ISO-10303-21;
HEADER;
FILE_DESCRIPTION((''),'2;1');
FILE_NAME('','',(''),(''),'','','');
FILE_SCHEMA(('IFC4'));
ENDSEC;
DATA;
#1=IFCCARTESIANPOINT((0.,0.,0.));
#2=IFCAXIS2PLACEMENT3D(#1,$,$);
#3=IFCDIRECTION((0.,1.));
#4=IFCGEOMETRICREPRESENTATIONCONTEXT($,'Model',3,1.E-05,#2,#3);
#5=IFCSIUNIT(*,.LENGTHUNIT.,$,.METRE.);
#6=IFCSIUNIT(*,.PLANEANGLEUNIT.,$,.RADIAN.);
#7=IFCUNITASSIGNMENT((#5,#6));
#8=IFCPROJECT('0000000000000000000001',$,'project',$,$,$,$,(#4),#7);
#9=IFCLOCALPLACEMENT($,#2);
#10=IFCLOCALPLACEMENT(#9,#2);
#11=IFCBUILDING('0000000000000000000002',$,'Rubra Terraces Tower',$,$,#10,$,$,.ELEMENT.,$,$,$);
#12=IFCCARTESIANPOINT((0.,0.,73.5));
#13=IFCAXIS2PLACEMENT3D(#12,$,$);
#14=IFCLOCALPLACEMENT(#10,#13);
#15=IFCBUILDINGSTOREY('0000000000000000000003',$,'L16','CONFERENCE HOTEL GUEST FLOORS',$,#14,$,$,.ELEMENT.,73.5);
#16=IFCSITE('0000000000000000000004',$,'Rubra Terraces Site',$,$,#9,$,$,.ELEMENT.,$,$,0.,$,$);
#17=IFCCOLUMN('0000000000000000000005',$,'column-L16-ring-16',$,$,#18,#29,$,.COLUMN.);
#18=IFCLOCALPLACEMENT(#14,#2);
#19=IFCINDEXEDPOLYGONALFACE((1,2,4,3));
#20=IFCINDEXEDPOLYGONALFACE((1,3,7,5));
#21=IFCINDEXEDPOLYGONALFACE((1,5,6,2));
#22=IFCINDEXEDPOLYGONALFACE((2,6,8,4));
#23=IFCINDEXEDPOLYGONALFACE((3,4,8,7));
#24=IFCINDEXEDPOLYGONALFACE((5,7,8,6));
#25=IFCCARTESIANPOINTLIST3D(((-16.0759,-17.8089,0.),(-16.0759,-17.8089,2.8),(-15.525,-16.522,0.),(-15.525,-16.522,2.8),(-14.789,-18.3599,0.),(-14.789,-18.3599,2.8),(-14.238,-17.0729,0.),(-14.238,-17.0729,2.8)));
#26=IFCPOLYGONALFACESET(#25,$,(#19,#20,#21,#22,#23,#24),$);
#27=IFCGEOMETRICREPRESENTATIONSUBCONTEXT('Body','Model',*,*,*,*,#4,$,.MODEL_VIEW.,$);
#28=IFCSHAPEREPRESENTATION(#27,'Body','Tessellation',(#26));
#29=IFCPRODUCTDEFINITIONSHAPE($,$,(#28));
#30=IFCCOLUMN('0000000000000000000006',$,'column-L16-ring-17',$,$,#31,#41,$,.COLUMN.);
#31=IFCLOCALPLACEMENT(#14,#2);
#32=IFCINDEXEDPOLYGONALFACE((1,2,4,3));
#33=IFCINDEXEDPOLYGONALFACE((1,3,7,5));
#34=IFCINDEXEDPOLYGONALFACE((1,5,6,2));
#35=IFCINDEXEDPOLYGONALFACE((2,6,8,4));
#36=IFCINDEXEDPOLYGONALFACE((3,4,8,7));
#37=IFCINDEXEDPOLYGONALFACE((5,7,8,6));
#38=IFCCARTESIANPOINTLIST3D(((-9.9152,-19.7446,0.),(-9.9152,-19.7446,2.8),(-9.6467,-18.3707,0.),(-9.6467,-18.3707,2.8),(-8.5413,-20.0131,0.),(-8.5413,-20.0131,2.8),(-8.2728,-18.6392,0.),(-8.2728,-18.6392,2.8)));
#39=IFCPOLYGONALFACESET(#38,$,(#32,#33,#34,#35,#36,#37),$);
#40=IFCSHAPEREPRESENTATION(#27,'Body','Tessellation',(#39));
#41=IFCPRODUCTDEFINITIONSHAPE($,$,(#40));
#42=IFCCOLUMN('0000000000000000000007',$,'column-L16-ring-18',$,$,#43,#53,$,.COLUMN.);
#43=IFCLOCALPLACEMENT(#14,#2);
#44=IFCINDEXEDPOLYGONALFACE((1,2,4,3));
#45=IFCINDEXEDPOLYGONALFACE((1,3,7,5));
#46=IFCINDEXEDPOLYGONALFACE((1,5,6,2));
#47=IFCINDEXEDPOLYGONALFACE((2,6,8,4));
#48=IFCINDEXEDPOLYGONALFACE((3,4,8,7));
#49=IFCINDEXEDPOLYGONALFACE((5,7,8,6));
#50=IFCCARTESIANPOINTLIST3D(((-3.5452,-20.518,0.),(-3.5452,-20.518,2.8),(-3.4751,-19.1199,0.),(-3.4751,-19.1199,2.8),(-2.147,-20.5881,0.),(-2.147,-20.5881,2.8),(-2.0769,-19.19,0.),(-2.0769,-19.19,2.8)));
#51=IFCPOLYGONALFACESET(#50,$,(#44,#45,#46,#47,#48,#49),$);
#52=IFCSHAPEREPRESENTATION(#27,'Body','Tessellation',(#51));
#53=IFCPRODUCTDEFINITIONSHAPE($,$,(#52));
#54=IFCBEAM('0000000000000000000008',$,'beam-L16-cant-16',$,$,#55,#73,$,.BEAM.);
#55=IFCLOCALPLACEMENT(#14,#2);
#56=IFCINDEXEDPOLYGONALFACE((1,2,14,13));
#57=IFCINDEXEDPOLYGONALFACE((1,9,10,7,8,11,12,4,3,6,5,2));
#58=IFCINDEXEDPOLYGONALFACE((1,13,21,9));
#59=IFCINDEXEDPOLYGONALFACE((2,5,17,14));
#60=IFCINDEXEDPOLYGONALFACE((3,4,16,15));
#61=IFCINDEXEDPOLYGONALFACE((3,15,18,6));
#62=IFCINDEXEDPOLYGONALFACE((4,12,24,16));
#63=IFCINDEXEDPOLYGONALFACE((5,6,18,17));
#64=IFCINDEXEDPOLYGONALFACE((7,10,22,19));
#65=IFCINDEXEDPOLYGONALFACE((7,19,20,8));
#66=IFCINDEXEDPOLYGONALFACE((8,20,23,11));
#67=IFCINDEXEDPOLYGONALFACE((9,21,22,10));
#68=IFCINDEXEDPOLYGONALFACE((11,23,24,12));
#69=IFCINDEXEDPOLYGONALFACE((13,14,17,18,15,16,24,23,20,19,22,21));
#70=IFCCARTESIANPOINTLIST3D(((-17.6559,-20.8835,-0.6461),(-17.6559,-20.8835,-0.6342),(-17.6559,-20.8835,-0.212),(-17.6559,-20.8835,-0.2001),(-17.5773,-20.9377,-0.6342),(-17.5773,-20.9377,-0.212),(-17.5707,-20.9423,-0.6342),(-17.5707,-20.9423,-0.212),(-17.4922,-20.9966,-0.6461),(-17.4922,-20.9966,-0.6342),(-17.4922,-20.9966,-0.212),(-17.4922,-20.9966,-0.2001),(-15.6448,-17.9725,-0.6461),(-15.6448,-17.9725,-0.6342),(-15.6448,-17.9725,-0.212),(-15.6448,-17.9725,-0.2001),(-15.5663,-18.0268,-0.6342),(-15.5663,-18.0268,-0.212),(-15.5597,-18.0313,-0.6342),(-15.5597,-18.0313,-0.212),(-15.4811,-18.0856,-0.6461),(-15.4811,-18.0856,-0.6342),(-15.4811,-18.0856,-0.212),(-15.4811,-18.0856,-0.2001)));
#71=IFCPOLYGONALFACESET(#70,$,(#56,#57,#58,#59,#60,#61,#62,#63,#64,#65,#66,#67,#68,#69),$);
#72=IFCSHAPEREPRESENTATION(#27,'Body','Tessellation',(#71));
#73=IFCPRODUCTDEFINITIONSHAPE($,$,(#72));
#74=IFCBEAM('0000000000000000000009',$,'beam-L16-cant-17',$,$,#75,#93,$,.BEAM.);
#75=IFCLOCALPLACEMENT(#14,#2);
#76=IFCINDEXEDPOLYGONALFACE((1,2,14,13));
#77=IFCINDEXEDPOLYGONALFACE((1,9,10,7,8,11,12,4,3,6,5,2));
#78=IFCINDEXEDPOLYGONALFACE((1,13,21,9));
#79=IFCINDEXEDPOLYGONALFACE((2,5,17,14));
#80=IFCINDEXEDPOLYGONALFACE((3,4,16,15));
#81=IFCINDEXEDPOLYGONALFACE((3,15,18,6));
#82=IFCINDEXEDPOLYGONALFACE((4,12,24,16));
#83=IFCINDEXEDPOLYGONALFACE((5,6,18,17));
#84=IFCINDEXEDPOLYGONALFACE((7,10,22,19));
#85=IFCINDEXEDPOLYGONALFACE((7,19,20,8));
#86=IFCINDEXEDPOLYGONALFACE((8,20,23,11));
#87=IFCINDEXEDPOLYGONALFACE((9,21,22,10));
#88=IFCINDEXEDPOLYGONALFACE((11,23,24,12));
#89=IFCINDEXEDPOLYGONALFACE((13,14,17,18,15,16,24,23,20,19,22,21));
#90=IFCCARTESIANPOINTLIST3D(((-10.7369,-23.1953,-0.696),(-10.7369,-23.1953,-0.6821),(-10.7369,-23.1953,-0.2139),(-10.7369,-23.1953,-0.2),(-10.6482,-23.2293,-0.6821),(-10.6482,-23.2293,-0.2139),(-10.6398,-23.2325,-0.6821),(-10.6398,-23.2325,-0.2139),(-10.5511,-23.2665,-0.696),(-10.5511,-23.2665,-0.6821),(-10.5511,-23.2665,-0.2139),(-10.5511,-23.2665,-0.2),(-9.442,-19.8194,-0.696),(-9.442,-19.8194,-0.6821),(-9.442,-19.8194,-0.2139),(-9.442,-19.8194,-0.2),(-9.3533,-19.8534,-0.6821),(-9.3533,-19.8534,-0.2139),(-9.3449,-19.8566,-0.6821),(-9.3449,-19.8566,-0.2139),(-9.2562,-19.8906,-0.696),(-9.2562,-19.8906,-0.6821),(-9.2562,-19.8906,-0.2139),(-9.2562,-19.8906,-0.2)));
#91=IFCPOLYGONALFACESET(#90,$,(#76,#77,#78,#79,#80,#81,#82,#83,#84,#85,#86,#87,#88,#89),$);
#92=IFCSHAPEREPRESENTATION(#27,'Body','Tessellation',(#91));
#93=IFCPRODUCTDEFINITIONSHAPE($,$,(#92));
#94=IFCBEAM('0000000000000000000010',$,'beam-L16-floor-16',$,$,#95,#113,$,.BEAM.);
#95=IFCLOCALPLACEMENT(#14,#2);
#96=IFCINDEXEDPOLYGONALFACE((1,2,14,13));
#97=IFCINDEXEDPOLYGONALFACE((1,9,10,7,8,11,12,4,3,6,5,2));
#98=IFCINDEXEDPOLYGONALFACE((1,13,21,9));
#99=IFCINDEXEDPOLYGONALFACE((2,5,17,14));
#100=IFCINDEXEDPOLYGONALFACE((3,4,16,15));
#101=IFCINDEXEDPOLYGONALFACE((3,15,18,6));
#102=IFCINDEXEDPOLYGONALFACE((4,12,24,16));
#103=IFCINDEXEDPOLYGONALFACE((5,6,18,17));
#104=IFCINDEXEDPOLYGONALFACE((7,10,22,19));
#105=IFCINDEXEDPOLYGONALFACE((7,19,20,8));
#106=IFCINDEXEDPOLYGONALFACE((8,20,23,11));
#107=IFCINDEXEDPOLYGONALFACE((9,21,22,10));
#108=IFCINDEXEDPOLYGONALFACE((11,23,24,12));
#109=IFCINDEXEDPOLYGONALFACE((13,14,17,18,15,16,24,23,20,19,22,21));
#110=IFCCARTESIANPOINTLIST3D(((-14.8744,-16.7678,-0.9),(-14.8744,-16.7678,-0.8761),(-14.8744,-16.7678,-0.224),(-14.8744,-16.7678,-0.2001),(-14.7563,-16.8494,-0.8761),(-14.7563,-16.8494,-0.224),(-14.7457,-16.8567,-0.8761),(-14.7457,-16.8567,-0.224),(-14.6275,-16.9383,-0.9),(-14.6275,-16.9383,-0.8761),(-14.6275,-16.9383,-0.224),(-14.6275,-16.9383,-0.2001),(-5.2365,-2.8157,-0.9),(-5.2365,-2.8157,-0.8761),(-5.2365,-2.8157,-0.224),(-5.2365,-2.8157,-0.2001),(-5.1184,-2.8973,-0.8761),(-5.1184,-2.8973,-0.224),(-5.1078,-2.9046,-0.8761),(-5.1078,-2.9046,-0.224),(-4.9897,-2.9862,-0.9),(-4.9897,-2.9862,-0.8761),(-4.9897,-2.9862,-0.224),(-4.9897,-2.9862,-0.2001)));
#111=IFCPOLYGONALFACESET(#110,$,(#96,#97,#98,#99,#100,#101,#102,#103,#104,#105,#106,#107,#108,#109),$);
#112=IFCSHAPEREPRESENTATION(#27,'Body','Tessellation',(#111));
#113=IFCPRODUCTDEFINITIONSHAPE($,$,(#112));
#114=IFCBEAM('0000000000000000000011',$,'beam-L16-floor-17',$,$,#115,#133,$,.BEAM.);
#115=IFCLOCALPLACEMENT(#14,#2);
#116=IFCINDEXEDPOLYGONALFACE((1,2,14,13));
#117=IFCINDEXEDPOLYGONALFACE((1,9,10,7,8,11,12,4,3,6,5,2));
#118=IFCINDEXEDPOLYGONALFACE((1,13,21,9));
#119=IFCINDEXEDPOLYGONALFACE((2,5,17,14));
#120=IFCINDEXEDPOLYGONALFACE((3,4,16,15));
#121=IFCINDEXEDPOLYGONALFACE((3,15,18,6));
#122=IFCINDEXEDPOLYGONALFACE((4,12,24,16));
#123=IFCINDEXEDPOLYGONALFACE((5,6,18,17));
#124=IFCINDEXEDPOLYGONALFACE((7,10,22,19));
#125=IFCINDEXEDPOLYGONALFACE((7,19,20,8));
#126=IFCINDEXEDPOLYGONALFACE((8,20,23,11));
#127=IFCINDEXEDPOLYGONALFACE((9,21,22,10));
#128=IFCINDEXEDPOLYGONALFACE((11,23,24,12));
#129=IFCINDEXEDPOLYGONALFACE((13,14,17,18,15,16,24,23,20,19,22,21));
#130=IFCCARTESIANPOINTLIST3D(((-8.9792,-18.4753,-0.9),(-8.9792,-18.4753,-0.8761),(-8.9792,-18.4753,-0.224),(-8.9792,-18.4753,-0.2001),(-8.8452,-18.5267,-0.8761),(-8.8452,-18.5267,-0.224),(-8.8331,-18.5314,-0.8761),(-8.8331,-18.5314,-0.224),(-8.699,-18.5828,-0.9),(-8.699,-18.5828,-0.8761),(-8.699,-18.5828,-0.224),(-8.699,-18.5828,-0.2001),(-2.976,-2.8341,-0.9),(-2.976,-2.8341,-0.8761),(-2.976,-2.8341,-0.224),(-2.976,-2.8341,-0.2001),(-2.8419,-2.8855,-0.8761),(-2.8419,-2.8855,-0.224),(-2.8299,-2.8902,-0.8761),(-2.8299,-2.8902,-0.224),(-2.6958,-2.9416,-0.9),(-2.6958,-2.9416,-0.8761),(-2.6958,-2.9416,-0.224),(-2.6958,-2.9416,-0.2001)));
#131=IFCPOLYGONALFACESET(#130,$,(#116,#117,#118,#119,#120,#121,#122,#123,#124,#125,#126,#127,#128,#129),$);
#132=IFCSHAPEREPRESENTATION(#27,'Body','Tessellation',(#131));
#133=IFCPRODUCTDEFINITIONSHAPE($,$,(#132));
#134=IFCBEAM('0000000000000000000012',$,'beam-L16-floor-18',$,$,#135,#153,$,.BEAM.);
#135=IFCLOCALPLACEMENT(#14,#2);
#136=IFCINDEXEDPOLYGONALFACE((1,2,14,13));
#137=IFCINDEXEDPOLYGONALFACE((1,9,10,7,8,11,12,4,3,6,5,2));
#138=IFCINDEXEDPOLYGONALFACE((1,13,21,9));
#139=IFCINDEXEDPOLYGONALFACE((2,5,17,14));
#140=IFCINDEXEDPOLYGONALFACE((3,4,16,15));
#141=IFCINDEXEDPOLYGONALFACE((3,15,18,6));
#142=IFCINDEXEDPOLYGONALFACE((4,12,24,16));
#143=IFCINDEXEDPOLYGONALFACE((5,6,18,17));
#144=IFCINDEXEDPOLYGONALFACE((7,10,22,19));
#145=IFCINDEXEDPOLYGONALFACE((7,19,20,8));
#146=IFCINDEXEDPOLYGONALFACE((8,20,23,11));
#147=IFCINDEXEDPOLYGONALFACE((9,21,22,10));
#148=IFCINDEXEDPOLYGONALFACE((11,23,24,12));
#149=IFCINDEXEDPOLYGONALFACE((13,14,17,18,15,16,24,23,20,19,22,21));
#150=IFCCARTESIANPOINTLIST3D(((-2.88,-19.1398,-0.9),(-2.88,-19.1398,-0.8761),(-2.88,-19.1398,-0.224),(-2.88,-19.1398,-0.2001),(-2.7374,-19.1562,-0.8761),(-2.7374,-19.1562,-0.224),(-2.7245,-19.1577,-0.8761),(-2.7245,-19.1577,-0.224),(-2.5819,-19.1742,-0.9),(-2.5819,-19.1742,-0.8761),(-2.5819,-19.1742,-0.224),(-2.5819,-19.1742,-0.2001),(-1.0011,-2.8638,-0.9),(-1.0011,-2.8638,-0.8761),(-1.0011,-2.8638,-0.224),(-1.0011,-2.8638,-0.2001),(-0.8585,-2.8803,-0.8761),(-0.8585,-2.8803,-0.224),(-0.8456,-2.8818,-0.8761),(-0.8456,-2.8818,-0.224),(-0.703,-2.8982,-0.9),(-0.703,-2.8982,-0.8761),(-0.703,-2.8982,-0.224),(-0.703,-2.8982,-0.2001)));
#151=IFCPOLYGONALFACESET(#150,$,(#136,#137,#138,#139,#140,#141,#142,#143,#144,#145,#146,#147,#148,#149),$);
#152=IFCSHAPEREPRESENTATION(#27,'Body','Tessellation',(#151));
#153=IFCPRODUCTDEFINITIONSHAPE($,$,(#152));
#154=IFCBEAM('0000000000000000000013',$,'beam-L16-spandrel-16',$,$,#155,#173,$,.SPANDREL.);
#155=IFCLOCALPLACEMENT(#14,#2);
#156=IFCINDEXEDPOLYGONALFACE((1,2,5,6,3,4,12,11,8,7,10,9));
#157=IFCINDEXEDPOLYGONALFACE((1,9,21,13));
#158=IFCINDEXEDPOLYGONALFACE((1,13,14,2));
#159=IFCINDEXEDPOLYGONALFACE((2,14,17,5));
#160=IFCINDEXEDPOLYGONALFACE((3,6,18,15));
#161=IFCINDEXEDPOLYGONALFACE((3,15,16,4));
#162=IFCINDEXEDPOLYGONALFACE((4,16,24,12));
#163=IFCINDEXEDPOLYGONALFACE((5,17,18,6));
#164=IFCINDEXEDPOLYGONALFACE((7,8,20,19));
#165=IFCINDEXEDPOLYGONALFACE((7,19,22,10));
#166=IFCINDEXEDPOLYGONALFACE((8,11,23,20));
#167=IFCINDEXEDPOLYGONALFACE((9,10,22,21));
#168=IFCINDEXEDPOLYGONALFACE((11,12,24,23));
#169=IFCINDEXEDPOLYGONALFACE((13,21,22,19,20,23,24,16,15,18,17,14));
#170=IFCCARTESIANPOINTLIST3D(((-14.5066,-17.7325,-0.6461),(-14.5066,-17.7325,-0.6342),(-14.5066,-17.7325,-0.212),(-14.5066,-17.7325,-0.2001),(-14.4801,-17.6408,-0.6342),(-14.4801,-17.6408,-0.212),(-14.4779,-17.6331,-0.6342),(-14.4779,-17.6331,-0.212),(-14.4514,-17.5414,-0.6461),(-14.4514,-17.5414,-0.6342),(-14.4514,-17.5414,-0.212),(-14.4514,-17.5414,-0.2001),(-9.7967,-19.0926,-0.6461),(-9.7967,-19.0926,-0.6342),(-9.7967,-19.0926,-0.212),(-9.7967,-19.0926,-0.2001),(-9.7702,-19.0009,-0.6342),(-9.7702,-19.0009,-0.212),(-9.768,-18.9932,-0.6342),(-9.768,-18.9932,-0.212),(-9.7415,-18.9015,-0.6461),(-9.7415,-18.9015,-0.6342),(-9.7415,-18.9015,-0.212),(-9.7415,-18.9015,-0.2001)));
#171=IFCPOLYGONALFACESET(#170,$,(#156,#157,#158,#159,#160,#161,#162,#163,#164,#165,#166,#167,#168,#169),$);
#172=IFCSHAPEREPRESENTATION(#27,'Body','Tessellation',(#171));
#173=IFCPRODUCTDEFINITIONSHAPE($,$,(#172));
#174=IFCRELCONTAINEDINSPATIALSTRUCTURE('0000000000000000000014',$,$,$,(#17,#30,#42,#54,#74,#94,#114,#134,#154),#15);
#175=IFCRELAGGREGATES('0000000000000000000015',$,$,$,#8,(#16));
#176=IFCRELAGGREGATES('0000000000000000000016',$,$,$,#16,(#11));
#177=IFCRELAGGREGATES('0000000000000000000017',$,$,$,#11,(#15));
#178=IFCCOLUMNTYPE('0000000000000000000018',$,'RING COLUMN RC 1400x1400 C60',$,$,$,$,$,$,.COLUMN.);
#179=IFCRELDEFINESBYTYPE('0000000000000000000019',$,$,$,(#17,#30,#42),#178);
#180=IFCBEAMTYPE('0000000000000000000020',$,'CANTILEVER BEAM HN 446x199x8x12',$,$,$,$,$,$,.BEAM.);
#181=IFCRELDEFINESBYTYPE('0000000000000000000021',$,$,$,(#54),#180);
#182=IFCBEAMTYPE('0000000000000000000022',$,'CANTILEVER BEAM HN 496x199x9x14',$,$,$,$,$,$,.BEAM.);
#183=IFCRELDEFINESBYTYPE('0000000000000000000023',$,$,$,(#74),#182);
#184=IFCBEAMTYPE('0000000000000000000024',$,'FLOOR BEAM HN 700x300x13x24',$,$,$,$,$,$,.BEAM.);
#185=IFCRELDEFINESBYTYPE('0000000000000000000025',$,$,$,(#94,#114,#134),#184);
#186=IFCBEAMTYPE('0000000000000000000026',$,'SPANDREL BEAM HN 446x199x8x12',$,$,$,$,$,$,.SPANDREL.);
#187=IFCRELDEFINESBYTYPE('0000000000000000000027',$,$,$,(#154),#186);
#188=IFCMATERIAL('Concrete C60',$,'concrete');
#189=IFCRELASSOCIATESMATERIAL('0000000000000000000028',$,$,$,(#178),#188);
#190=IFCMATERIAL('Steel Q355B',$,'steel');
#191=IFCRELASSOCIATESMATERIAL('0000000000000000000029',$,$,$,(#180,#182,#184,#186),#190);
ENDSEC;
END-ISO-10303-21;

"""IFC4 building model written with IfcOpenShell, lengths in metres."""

from ifc_helpers import new_model, si_unit, direction, frame, origin, origin_2d, place, context, subcontext, project, spatial, rectangle, i_section, extrude, material, material_profile, profile_set, type_object, element, save


model = new_model("IFC4")

# Units and contexts
model_context = context("Model", 3, precision=1e-05, world=origin(), true_north=direction((0.0, 1.0)))
body_context = subcontext(model_context, "Body", "Model", "MODEL_VIEW")
ifc_project = project(units=[si_unit("LENGTHUNIT", "METRE"), si_unit("PLANEANGLEUNIT", "RADIAN")], contexts=[model_context])

# Site, building, storey
site_placement = place(None, origin())
site = spatial("IfcSite", under=ifc_project, at=site_placement, Name="Rubra Terraces Site", CompositionType="ELEMENT", RefElevation=0.0)
building_placement = place(site_placement, origin())
building = spatial("IfcBuilding", under=site, at=building_placement, Name="Rubra Terraces Tower", CompositionType="ELEMENT")
storey_placement = place(building_placement, frame((0.0, 0.0, 73.5)))
storey = spatial("IfcBuildingStorey", under=building, at=storey_placement, Name="L16", Description="CONFERENCE HOTEL GUEST FLOORS", CompositionType="ELEMENT", Elevation=73.5)

# Columns
ifc_material_1 = material(Name="Concrete C60", Category="concrete")
ifc_material_profile_1 = material_profile(ifc_material_1, rectangle(XDim=1.3999, YDim=1.3999, at=origin_2d()), Name="RC 1400x1400")
ifc_profile_set_1 = profile_set([ifc_material_profile_1], Name="Concrete C60")
column_type = type_object("IfcColumnType", Name="RING COLUMN RC 1400x1400 C60", PredefinedType="COLUMN", material=ifc_profile_set_1)
for number, where, z_axis, x_axis, name in (
    (1, (-15.157, -17.4409, 0.0), (0.0, 0.0, 1.0), (0.919294, -0.393572, 0.0), "column-L16-ring-16"),
    (2, (-9.094, -19.1919, 0.0), (0.0, 0.0, 1.0), (0.98143, -0.191819, 0.0), "column-L16-ring-17"),
    (3, (-2.811, -19.854, 0.0), (0.0, 0.0, 1.0), (0.998745, -0.050084, 0.0), "column-L16-ring-18"),
):
    element("IfcColumn", number, at=place(storey_placement, frame(where, z_axis=z_axis, x_axis=x_axis)), inside=storey, type_object=column_type, Name=name, PredefinedType="COLUMN", context=body_context, shape_type="SweptSolid", body=[
        extrude(rectangle(XDim=1.3999, YDim=1.3999, at=origin_2d()), origin(), (0.0, 0.0, 1.0), 2.8),
    ])

# Beams
ifc_material_2 = material(Name="Steel Q355B", Category="steel")
ifc_material_profile_2 = material_profile(ifc_material_2, i_section(OverallWidth=0.199, OverallDepth=0.446, WebThickness=0.0081, FlangeThickness=0.012, at=origin_2d()), Name="HN 446x199x8x12")
ifc_profile_set_2 = profile_set([ifc_material_profile_2], Name="Steel Q355B")
beam_type_1 = type_object("IfcBeamType", Name="CANTILEVER BEAM HN 446x199x8x12", PredefinedType="BEAM", material=ifc_profile_set_2)
beam_1_placement = place(storey_placement, frame((-15.563, -18.0291, -0.4231), z_axis=(-0.568399, -0.822753, 0.0), x_axis=(0.822753, -0.568399, 0.0)))
element("IfcBeam", 4, at=beam_1_placement, inside=storey, type_object=beam_type_1, Name="beam-L16-cant-16", PredefinedType="BEAM", context=body_context, shape_type="SweptSolid", body=[
    extrude(i_section(OverallWidth=0.199, OverallDepth=0.446, WebThickness=0.0081, FlangeThickness=0.012, at=origin_2d()), origin(), (0.0, 0.0, 1.0), 3.5381),
])
ifc_material_profile_3 = material_profile(ifc_material_2, i_section(OverallWidth=0.199, OverallDepth=0.4961, WebThickness=0.009, FlangeThickness=0.0139, at=origin_2d()), Name="HN 496x199x9x14")
ifc_profile_set_3 = profile_set([ifc_material_profile_3], Name="Steel Q355B")
beam_type_2 = type_object("IfcBeamType", Name="CANTILEVER BEAM HN 496x199x9x14", PredefinedType="BEAM", material=ifc_profile_set_3)
beam_2_placement = place(storey_placement, frame((-9.3491, -19.855, -0.448), z_axis=(-0.358128, -0.933672, 0.0), x_axis=(0.933672, -0.358128, 0.0)))
element("IfcBeam", 5, at=beam_2_placement, inside=storey, type_object=beam_type_2, Name="beam-L16-cant-17", PredefinedType="BEAM", context=body_context, shape_type="SweptSolid", body=[
    extrude(i_section(OverallWidth=0.199, OverallDepth=0.4961, WebThickness=0.009, FlangeThickness=0.0139, at=origin_2d()), origin(), (0.0, 0.0, 1.0), 3.6157),
])
ifc_material_profile_4 = material_profile(ifc_material_2, i_section(OverallWidth=0.3, OverallDepth=0.7, WebThickness=0.0129, FlangeThickness=0.0239, at=origin_2d()), Name="HN 700x300x13x24")
ifc_profile_set_4 = profile_set([ifc_material_profile_4], Name="Steel Q355B")
beam_type_3 = type_object("IfcBeamType", Name="FLOOR BEAM HN 700x300x13x24", PredefinedType="BEAM", material=ifc_profile_set_4)
beam_3_placement = place(storey_placement, frame((-14.751, -16.853, -0.55), z_axis=(0.568363, 0.822778, 0.0), x_axis=(-0.822778, 0.568363, 0.0)))
element("IfcBeam", 6, at=beam_3_placement, inside=storey, type_object=beam_type_3, Name="beam-L16-floor-16", PredefinedType="BEAM", context=body_context, shape_type="SweptSolid", body=[
    extrude(i_section(OverallWidth=0.3, OverallDepth=0.7, WebThickness=0.0129, FlangeThickness=0.0239, at=origin_2d()), origin(), (0.0, 0.0, 1.0), 16.9573),
])
beam_4_placement = place(storey_placement, frame((-8.8391, -18.5291, -0.55), z_axis=(0.358322, 0.933598, 0.0), x_axis=(-0.933598, 0.358322, 0.0)))
element("IfcBeam", 7, at=beam_4_placement, inside=storey, type_object=beam_type_3, Name="beam-L16-floor-17", PredefinedType="BEAM", context=body_context, shape_type="SweptSolid", body=[
    extrude(i_section(OverallWidth=0.3, OverallDepth=0.7, WebThickness=0.0129, FlangeThickness=0.0239, at=origin_2d()), origin(), (0.0, 0.0, 1.0), 16.7537),
])
beam_5_placement = place(storey_placement, frame((-2.731, -19.157, -0.55), z_axis=(0.11468, 0.993403, 0.0), x_axis=(-0.993403, 0.11468, 0.0)))
element("IfcBeam", 8, at=beam_5_placement, inside=storey, type_object=beam_type_3, Name="beam-L16-floor-18", PredefinedType="BEAM", context=body_context, shape_type="SweptSolid", body=[
    extrude(i_section(OverallWidth=0.3, OverallDepth=0.7, WebThickness=0.0129, FlangeThickness=0.0239, at=origin_2d()), origin(), (0.0, 0.0, 1.0), 16.384),
])
ifc_material_profile_5 = material_profile(ifc_material_2, i_section(OverallWidth=0.199, OverallDepth=0.446, WebThickness=0.0081, FlangeThickness=0.012, at=origin_2d()), Name="HN 446x199x8x12")
ifc_profile_set_5 = profile_set([ifc_material_profile_5], Name="Steel Q355B")
beam_type_4 = type_object("IfcBeamType", Name="SPANDREL BEAM HN 446x199x8x12", PredefinedType="SPANDREL", material=ifc_profile_set_5)
beam_6_placement = place(storey_placement, frame((-14.479, -17.637, -0.4231), z_axis=(0.960744, -0.277436, 0.0), x_axis=(0.277436, 0.960744, 0.0)))
element("IfcBeam", 9, at=beam_6_placement, inside=storey, type_object=beam_type_4, Name="beam-L16-spandrel-16", PredefinedType="SPANDREL", context=body_context, shape_type="SweptSolid", body=[
    extrude(i_section(OverallWidth=0.199, OverallDepth=0.446, WebThickness=0.0081, FlangeThickness=0.012, at=origin_2d()), origin(), (0.0, 0.0, 1.0), 4.9023),
])

save(model, "model.ifc")
